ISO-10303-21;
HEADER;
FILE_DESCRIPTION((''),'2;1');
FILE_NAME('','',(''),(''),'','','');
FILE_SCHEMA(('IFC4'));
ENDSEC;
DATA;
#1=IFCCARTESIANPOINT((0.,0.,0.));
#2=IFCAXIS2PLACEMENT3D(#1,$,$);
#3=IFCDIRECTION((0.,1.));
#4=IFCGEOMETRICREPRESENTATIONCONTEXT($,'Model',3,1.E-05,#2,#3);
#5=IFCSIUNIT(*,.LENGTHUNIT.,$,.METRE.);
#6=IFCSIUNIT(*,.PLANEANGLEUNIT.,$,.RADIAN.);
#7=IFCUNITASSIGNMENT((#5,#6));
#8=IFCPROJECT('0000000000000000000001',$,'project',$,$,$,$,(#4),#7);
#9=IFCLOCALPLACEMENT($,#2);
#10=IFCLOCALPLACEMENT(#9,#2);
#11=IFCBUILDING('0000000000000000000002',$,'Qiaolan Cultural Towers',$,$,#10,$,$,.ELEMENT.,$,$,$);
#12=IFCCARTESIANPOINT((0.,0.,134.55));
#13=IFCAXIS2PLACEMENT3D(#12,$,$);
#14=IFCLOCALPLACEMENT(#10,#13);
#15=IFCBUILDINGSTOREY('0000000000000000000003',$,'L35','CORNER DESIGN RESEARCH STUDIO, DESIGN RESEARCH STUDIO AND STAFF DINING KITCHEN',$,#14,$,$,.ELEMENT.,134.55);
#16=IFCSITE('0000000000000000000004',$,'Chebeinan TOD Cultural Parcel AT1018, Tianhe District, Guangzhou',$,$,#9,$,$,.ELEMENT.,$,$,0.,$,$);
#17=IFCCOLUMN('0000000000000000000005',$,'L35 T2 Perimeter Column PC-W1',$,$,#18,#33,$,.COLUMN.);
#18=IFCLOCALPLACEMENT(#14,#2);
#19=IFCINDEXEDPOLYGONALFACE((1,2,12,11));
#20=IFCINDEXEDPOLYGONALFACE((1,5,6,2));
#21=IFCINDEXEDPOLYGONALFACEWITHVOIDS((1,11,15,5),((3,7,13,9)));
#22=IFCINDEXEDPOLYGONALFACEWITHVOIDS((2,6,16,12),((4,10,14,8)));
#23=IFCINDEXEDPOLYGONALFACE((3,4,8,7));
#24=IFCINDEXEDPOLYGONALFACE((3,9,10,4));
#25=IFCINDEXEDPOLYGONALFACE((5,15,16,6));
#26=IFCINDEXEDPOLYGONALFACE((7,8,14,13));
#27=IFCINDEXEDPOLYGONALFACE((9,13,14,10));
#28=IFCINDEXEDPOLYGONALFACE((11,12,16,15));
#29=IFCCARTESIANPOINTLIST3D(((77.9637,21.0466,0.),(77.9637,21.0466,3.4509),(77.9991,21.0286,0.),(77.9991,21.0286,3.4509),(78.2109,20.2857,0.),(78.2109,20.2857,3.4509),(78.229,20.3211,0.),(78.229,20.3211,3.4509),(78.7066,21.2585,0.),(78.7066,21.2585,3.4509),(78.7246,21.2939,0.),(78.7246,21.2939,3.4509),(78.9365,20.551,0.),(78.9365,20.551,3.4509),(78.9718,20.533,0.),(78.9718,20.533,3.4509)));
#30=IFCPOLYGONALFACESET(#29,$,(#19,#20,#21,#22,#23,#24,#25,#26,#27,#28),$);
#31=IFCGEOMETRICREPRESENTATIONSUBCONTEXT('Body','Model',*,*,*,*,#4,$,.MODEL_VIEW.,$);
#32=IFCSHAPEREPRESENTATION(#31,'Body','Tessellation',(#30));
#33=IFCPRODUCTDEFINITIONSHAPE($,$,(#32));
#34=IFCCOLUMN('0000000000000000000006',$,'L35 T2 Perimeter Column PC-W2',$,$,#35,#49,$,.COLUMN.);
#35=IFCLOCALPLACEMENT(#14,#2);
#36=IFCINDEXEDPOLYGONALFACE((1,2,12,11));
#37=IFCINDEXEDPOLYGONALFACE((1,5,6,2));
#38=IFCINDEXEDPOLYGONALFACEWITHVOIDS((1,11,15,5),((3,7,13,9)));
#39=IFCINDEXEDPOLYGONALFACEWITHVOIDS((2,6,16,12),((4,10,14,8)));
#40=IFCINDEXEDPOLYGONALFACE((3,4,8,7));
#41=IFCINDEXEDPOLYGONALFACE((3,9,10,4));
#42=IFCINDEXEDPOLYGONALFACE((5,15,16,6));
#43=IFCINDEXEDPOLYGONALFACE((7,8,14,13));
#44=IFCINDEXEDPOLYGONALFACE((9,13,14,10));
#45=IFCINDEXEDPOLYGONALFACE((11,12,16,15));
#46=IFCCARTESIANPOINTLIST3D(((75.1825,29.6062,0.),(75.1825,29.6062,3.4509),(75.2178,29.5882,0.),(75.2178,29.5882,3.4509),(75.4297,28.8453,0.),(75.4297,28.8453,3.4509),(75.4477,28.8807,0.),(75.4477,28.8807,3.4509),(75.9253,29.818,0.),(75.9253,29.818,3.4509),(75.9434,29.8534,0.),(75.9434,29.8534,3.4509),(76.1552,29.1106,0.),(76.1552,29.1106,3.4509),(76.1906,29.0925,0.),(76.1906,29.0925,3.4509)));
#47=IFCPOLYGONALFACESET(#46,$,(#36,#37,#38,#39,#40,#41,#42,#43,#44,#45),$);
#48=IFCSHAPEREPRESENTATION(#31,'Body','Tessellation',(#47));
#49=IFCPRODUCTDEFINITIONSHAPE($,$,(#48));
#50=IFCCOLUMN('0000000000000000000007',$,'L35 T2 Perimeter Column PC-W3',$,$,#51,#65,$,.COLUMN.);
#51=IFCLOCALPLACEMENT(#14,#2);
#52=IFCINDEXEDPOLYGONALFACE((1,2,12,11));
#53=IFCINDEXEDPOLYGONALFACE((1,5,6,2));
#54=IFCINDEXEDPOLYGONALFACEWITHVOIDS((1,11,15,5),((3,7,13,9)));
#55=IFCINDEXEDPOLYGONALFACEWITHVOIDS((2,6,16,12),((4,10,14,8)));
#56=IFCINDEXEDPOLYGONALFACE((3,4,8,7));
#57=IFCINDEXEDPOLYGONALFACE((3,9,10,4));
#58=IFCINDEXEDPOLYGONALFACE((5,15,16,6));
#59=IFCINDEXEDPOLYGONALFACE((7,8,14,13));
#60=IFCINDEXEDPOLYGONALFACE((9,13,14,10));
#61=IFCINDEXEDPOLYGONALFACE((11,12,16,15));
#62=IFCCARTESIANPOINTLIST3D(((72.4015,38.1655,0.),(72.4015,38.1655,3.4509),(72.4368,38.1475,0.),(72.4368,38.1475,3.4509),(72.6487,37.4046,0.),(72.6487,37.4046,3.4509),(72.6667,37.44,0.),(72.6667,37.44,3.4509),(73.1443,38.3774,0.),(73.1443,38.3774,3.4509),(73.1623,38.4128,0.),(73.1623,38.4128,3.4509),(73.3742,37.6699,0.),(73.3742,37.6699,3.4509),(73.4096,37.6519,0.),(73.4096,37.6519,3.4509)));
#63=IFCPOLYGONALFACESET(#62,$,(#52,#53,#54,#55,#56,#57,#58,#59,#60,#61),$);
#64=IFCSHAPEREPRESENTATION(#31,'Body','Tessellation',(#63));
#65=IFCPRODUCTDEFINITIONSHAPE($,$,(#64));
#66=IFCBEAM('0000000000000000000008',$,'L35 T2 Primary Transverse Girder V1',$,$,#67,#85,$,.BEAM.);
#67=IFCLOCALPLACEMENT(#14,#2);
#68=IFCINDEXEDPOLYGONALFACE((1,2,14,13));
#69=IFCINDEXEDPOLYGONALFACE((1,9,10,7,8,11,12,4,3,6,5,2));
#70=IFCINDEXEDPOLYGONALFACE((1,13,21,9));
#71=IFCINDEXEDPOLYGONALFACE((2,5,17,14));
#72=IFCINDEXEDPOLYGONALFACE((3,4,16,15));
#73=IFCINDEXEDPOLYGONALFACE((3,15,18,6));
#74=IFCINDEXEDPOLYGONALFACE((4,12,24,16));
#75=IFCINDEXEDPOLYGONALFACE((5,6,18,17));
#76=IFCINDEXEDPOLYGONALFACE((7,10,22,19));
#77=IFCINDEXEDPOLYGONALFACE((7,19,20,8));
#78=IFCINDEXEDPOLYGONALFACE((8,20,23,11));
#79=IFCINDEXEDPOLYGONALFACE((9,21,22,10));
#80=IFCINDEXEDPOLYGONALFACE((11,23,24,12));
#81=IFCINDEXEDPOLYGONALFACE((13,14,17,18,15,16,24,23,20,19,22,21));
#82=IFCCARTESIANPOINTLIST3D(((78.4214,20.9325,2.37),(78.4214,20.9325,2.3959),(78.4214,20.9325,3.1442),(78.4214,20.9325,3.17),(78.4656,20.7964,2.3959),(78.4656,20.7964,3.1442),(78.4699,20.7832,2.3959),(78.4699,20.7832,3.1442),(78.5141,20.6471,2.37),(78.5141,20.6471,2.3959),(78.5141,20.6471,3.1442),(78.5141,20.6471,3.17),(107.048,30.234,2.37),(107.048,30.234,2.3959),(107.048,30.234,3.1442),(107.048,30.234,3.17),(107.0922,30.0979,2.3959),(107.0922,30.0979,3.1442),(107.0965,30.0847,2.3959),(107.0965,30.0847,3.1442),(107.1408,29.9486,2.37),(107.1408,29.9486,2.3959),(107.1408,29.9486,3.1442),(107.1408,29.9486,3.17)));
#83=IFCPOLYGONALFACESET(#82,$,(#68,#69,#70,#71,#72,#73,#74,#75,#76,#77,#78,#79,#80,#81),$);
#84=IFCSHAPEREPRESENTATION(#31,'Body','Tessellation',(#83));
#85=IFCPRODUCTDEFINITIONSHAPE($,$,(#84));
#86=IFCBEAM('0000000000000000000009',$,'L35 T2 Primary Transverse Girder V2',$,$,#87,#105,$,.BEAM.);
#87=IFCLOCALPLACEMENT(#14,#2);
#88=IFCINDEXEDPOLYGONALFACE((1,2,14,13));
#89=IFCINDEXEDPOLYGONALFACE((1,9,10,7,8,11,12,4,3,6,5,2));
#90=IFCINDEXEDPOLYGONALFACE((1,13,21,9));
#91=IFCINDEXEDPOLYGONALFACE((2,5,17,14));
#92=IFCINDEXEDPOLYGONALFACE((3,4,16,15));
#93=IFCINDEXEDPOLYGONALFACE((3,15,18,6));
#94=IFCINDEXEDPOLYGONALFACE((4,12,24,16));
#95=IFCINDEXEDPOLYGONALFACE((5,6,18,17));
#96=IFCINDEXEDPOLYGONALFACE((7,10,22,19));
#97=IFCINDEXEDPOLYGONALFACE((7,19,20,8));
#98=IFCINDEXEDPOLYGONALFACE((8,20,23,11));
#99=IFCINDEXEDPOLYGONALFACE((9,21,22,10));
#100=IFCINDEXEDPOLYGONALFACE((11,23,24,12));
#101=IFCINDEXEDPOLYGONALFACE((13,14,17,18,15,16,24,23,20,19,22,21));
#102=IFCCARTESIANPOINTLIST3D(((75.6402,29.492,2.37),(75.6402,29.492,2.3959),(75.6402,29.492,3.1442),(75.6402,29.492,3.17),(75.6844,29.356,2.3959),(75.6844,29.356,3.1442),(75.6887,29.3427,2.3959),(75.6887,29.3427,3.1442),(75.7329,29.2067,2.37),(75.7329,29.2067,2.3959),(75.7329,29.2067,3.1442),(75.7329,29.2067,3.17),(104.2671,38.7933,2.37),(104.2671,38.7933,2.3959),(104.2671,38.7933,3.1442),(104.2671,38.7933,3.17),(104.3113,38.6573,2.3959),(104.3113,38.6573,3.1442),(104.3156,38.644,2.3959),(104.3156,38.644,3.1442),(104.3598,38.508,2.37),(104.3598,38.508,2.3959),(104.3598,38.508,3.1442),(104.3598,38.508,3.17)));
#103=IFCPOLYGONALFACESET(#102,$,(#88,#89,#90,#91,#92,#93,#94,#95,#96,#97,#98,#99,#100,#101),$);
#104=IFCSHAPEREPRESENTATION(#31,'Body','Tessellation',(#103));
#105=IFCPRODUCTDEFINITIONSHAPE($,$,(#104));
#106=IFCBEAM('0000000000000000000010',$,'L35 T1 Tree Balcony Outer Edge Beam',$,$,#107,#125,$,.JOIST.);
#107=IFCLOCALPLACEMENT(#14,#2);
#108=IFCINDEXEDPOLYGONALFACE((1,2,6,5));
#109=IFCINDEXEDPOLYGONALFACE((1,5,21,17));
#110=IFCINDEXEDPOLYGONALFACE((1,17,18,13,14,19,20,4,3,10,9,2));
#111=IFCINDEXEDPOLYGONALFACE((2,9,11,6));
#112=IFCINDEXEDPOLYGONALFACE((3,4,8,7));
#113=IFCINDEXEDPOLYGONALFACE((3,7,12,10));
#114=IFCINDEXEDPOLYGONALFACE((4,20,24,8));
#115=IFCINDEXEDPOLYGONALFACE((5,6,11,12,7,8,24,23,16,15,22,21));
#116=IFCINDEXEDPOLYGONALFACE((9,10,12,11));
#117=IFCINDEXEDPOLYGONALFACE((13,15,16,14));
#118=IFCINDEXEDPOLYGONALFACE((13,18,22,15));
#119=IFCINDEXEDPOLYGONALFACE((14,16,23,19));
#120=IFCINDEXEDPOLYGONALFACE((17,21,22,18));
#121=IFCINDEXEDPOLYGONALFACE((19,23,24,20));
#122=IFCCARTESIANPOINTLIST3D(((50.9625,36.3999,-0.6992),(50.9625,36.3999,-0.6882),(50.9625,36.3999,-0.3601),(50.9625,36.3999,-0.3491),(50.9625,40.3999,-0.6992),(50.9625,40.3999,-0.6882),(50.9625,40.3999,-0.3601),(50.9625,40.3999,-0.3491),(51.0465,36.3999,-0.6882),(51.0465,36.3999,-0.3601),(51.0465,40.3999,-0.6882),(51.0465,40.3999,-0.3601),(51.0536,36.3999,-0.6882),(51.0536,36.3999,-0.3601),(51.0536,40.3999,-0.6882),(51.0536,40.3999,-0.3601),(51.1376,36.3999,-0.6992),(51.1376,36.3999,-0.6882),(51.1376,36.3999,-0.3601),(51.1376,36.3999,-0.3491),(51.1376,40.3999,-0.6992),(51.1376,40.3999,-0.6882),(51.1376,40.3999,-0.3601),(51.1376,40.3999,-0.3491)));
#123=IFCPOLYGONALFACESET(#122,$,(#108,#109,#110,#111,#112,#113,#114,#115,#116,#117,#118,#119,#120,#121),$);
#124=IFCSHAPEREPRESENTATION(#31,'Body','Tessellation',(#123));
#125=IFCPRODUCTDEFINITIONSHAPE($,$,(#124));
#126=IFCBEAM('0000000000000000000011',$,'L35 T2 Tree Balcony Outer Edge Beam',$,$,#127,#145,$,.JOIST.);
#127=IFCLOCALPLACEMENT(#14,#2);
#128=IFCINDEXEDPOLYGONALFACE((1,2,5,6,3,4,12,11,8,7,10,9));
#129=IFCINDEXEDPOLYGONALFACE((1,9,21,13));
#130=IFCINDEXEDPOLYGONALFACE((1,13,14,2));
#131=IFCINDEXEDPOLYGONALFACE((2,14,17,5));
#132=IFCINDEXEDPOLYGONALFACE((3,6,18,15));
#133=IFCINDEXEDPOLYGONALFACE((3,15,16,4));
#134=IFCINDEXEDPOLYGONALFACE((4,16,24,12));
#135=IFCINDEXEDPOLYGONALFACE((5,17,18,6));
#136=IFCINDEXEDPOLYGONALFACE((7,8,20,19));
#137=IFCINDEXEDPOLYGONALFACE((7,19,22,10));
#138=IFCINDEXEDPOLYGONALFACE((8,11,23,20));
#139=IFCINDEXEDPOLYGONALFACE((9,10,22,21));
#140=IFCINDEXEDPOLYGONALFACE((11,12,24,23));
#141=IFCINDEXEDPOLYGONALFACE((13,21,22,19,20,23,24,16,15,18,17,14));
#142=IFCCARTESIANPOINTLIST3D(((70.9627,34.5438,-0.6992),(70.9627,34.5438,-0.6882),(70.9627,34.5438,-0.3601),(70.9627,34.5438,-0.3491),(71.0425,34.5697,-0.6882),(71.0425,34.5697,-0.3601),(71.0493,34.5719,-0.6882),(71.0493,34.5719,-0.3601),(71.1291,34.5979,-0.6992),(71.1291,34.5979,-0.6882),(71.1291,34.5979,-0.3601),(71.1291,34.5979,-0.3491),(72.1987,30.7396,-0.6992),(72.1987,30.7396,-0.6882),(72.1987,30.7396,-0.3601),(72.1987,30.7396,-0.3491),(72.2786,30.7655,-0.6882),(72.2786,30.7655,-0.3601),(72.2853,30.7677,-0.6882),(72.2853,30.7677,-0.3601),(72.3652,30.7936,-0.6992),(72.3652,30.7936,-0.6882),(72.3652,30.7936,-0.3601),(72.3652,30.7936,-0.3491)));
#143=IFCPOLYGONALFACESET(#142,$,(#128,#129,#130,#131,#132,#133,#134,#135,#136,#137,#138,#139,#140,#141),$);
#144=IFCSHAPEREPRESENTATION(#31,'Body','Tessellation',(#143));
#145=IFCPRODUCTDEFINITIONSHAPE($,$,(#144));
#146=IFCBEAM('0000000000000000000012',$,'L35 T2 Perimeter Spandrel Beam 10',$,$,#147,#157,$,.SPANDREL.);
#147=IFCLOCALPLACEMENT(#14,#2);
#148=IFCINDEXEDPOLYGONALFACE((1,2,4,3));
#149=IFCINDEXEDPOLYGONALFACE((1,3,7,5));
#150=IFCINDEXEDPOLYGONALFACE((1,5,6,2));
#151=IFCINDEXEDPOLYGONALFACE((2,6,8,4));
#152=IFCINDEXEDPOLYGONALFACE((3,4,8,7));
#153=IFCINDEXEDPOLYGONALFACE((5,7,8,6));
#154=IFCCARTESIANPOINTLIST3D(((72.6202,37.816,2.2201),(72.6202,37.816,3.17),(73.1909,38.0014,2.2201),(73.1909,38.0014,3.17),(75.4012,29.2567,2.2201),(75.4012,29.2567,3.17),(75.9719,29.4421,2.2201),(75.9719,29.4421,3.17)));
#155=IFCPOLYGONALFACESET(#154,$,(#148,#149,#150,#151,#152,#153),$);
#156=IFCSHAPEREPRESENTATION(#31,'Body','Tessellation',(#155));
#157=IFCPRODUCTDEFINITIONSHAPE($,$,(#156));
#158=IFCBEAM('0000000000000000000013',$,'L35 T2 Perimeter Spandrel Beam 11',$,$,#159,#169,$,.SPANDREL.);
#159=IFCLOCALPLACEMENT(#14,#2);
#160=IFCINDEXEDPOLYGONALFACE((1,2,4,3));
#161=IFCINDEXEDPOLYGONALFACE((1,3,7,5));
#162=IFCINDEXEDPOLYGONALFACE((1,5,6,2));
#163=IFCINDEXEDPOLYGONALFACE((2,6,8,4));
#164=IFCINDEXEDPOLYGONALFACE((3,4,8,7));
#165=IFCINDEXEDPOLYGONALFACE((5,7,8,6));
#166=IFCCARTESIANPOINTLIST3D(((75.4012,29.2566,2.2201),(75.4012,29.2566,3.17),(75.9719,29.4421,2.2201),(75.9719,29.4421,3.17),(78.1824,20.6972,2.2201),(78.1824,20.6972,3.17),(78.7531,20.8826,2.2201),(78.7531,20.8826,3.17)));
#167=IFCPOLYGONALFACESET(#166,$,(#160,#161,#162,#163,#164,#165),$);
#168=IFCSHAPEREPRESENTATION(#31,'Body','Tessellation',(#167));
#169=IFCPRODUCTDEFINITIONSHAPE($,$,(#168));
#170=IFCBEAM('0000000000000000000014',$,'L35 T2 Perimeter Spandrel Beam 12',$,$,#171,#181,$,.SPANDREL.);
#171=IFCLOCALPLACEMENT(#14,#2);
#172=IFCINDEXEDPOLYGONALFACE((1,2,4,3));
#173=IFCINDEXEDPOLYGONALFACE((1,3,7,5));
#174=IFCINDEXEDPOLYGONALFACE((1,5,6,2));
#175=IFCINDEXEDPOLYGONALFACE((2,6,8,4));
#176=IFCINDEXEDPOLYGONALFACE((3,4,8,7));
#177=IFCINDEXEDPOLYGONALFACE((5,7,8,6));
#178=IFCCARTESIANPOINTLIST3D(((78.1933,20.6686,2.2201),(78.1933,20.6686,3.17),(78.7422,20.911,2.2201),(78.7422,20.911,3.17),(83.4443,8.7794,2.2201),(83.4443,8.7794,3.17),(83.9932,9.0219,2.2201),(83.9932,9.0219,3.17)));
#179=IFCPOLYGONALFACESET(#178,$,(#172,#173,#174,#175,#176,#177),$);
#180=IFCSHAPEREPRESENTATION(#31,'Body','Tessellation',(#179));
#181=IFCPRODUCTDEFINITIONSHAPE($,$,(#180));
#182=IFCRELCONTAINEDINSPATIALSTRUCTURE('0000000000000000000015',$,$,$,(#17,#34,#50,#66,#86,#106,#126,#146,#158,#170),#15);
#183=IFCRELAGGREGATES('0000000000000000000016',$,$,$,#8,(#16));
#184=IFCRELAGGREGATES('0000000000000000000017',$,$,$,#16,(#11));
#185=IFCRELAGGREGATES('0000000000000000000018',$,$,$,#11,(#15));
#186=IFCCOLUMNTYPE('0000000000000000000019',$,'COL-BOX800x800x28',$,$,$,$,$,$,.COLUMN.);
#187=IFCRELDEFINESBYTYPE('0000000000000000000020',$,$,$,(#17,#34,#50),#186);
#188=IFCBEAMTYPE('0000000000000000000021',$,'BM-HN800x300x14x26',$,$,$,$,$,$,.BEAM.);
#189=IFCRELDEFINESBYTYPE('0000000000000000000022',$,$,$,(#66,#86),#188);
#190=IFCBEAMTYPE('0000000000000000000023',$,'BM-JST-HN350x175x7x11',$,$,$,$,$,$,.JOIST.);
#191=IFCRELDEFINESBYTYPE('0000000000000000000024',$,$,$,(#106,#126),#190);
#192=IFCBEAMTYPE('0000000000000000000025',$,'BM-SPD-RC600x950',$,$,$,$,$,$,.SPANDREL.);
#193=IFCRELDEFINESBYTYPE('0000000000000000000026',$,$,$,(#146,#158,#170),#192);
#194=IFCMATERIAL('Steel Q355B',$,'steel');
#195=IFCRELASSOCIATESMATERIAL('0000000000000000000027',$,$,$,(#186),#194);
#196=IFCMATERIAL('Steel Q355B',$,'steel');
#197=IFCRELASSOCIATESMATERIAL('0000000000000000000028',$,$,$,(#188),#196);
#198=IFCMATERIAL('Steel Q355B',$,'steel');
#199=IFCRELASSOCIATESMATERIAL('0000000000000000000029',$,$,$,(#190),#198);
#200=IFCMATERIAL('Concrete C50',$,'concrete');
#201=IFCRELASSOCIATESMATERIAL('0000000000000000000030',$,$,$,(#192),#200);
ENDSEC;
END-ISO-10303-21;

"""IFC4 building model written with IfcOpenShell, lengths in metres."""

from ifc_helpers import new_model, si_unit, direction, frame, origin, origin_2d, place, context, subcontext, project, spatial, rectangle, hollow_rectangle, i_section, extrude, material, material_profile, profile_set, type_object, element, save


model = new_model("IFC4")

# Units and contexts
model_context = context("Model", 3, precision=1e-05, world=origin(), true_north=direction((0.0, 1.0)))
body_context = subcontext(model_context, "Body", "Model", "MODEL_VIEW")
ifc_project = project(units=[si_unit("LENGTHUNIT", "METRE"), si_unit("PLANEANGLEUNIT", "RADIAN")], contexts=[model_context])

# Site, building, storey
site_placement = place(None, origin())
site = spatial("IfcSite", under=ifc_project, at=site_placement, Name="Chebeinan TOD Cultural Parcel AT1018, Tianhe District, Guangzhou", CompositionType="ELEMENT", RefElevation=0.0)
building_placement = place(site_placement, origin())
building = spatial("IfcBuilding", under=site, at=building_placement, Name="Qiaolan Cultural Towers", CompositionType="ELEMENT")
storey_placement = place(building_placement, frame((0.0, 0.0, 134.55)))
storey = spatial("IfcBuildingStorey", under=building, at=storey_placement, Name="L35", Description="CORNER DESIGN RESEARCH STUDIO, DESIGN RESEARCH STUDIO AND STAFF DINING KITCHEN", CompositionType="ELEMENT", Elevation=134.55)

# Columns
ifc_material_1 = material(Name="Steel Q355B", Category="steel")
ifc_material_profile_1 = material_profile(ifc_material_1, hollow_rectangle(XDim=0.8, YDim=0.8, WallThickness=0.0281, at=origin_2d()), Name="BOX800x800x28")
ifc_profile_set_1 = profile_set([ifc_material_profile_1], Name="Steel Q355B")
column_type = type_object("IfcColumnType", Name="COL-BOX800x800x28", PredefinedType="COLUMN", material=ifc_profile_set_1)
for number, where, z_axis, x_axis, name in (
    (1, (78.4678, 20.7898, 0.0), (0.0, 0.0, 1.0), (0.951057, 0.309017, 0.0), "L35 T2 Perimeter Column PC-W1"),
    (2, (75.6865, 29.3494, 0.0), (0.0, 0.0, 1.0), (0.951057, 0.309017, 0.0), "L35 T2 Perimeter Column PC-W2"),
    (3, (72.9055, 37.9087, 0.0), (0.0, 0.0, 1.0), (0.951057, 0.309017, 0.0), "L35 T2 Perimeter Column PC-W3"),
):
    element("IfcColumn", number, at=place(storey_placement, frame(where, z_axis=z_axis, x_axis=x_axis)), inside=storey, type_object=column_type, Name=name, PredefinedType="COLUMN", context=body_context, shape_type="SweptSolid", body=[
        extrude(hollow_rectangle(XDim=0.8, YDim=0.8, WallThickness=0.0281, at=origin_2d()), origin(), (0.0, 0.0, 1.0), 3.4509),
    ])

# Beams
ifc_material_2 = material(Name="Steel Q355B", Category="steel")
ifc_material_profile_2 = material_profile(ifc_material_2, i_section(OverallWidth=0.3, OverallDepth=0.8, WebThickness=0.0139, FlangeThickness=0.0259, at=origin_2d()), Name="HN800x300x14x26")
ifc_profile_set_2 = profile_set([ifc_material_profile_2], Name="Steel Q355B")
beam_type_1 = type_object("IfcBeamType", Name="BM-HN800x300x14x26", PredefinedType="BEAM", material=ifc_profile_set_2)
beam_1_placement = place(storey_placement, frame((78.4678, 20.7898, 2.77), z_axis=(0.951055, 0.309021, 0.0), x_axis=(-0.309021, 0.951055, 0.0)))
element("IfcBeam", 4, at=beam_1_placement, inside=storey, type_object=beam_type_1, Name="L35 T2 Primary Transverse Girder V1", PredefinedType="BEAM", context=body_context, shape_type="SweptSolid", body=[
    extrude(i_section(OverallWidth=0.3, OverallDepth=0.8, WebThickness=0.0139, FlangeThickness=0.0259, at=origin_2d()), origin(), (0.0, 0.0, 1.0), 30.0999),
])
beam_2_placement = place(storey_placement, frame((75.6865, 29.3494, 2.77), z_axis=(0.951058, 0.309011, 0.0), x_axis=(-0.309011, 0.951058, 0.0)))
element("IfcBeam", 5, at=beam_2_placement, inside=storey, type_object=beam_type_1, Name="L35 T2 Primary Transverse Girder V2", PredefinedType="BEAM", context=body_context, shape_type="SweptSolid", body=[
    extrude(i_section(OverallWidth=0.3, OverallDepth=0.8, WebThickness=0.0139, FlangeThickness=0.0259, at=origin_2d()), origin(), (0.0, 0.0, 1.0), 30.1001),
])
ifc_material_3 = material(Name="Steel Q355B", Category="steel")
ifc_material_profile_3 = material_profile(ifc_material_3, i_section(OverallWidth=0.175, OverallDepth=0.3501, WebThickness=0.0071, FlangeThickness=0.011, at=origin_2d()), Name="HN350x175x7x11")
ifc_profile_set_3 = profile_set([ifc_material_profile_3], Name="Steel Q355B")
beam_type_2 = type_object("IfcBeamType", Name="BM-JST-HN350x175x7x11", PredefinedType="JOIST", material=ifc_profile_set_3)
for number, where, z_axis, x_axis, name in (
    (6, (51.05, 36.3999, -0.5242), (0.0, 1.0, 0.0), (-1.0, 0.0, 0.0), "L35 T1 Tree Balcony Outer Edge Beam"),
    (7, (72.282, 30.7666, -0.5242), (-0.309023, 0.951055, 0.0), (-0.951055, -0.309023, 0.0), "L35 T2 Tree Balcony Outer Edge Beam"),
):
    element("IfcBeam", number, at=place(storey_placement, frame(where, z_axis=z_axis, x_axis=x_axis)), inside=storey, type_object=beam_type_2, Name=name, PredefinedType="JOIST", context=body_context, shape_type="SweptSolid", body=[
        extrude(i_section(OverallWidth=0.175, OverallDepth=0.3501, WebThickness=0.0071, FlangeThickness=0.011, at=origin_2d()), origin(), (0.0, 0.0, 1.0), 4.0),
    ])
ifc_material_4 = material(Name="Concrete C50", Category="concrete")
ifc_material_profile_4 = material_profile(ifc_material_4, rectangle(XDim=0.6001, YDim=0.95, at=origin_2d()), Name="RC600x950")
ifc_profile_set_4 = profile_set([ifc_material_profile_4], Name="Concrete C50")
beam_type_3 = type_object("IfcBeamType", Name="BM-SPD-RC600x950", PredefinedType="SPANDREL", material=ifc_profile_set_4)
beam_3_placement = place(storey_placement, frame((72.9055, 37.9087, 2.6951), z_axis=(0.309008, -0.951059, 0.0), x_axis=(0.951059, 0.309008, 0.0)))
element("IfcBeam", 8, at=beam_3_placement, inside=storey, type_object=beam_type_3, Name="L35 T2 Perimeter Spandrel Beam 10", PredefinedType="SPANDREL", context=body_context, shape_type="SweptSolid", body=[
    extrude(rectangle(XDim=0.6001, YDim=0.95, at=origin_2d()), origin(), (0.0, 0.0, 1.0), 8.9998),
])
beam_4_placement = place(storey_placement, frame((75.6865, 29.3494, 2.6951), z_axis=(0.309025, -0.951054, 0.0), x_axis=(0.951054, 0.309025, 0.0)))
element("IfcBeam", 9, at=beam_4_placement, inside=storey, type_object=beam_type_3, Name="L35 T2 Perimeter Spandrel Beam 11", PredefinedType="SPANDREL", context=body_context, shape_type="SweptSolid", body=[
    extrude(rectangle(XDim=0.6001, YDim=0.95, at=origin_2d()), origin(), (0.0, 0.0, 1.0), 9.0),
])
beam_5_placement = place(storey_placement, frame((78.4678, 20.7898, 2.6951), z_axis=(0.404011, -0.914754, 0.0), x_axis=(0.914754, 0.404011, 0.0)))
element("IfcBeam", 10, at=beam_5_placement, inside=storey, type_object=beam_type_3, Name="L35 T2 Perimeter Spandrel Beam 12", PredefinedType="SPANDREL", context=body_context, shape_type="SweptSolid", body=[
    extrude(rectangle(XDim=0.6001, YDim=0.95, at=origin_2d()), origin(), (0.0, 0.0, 1.0), 12.9971),
])

save(model, "model.ifc")
